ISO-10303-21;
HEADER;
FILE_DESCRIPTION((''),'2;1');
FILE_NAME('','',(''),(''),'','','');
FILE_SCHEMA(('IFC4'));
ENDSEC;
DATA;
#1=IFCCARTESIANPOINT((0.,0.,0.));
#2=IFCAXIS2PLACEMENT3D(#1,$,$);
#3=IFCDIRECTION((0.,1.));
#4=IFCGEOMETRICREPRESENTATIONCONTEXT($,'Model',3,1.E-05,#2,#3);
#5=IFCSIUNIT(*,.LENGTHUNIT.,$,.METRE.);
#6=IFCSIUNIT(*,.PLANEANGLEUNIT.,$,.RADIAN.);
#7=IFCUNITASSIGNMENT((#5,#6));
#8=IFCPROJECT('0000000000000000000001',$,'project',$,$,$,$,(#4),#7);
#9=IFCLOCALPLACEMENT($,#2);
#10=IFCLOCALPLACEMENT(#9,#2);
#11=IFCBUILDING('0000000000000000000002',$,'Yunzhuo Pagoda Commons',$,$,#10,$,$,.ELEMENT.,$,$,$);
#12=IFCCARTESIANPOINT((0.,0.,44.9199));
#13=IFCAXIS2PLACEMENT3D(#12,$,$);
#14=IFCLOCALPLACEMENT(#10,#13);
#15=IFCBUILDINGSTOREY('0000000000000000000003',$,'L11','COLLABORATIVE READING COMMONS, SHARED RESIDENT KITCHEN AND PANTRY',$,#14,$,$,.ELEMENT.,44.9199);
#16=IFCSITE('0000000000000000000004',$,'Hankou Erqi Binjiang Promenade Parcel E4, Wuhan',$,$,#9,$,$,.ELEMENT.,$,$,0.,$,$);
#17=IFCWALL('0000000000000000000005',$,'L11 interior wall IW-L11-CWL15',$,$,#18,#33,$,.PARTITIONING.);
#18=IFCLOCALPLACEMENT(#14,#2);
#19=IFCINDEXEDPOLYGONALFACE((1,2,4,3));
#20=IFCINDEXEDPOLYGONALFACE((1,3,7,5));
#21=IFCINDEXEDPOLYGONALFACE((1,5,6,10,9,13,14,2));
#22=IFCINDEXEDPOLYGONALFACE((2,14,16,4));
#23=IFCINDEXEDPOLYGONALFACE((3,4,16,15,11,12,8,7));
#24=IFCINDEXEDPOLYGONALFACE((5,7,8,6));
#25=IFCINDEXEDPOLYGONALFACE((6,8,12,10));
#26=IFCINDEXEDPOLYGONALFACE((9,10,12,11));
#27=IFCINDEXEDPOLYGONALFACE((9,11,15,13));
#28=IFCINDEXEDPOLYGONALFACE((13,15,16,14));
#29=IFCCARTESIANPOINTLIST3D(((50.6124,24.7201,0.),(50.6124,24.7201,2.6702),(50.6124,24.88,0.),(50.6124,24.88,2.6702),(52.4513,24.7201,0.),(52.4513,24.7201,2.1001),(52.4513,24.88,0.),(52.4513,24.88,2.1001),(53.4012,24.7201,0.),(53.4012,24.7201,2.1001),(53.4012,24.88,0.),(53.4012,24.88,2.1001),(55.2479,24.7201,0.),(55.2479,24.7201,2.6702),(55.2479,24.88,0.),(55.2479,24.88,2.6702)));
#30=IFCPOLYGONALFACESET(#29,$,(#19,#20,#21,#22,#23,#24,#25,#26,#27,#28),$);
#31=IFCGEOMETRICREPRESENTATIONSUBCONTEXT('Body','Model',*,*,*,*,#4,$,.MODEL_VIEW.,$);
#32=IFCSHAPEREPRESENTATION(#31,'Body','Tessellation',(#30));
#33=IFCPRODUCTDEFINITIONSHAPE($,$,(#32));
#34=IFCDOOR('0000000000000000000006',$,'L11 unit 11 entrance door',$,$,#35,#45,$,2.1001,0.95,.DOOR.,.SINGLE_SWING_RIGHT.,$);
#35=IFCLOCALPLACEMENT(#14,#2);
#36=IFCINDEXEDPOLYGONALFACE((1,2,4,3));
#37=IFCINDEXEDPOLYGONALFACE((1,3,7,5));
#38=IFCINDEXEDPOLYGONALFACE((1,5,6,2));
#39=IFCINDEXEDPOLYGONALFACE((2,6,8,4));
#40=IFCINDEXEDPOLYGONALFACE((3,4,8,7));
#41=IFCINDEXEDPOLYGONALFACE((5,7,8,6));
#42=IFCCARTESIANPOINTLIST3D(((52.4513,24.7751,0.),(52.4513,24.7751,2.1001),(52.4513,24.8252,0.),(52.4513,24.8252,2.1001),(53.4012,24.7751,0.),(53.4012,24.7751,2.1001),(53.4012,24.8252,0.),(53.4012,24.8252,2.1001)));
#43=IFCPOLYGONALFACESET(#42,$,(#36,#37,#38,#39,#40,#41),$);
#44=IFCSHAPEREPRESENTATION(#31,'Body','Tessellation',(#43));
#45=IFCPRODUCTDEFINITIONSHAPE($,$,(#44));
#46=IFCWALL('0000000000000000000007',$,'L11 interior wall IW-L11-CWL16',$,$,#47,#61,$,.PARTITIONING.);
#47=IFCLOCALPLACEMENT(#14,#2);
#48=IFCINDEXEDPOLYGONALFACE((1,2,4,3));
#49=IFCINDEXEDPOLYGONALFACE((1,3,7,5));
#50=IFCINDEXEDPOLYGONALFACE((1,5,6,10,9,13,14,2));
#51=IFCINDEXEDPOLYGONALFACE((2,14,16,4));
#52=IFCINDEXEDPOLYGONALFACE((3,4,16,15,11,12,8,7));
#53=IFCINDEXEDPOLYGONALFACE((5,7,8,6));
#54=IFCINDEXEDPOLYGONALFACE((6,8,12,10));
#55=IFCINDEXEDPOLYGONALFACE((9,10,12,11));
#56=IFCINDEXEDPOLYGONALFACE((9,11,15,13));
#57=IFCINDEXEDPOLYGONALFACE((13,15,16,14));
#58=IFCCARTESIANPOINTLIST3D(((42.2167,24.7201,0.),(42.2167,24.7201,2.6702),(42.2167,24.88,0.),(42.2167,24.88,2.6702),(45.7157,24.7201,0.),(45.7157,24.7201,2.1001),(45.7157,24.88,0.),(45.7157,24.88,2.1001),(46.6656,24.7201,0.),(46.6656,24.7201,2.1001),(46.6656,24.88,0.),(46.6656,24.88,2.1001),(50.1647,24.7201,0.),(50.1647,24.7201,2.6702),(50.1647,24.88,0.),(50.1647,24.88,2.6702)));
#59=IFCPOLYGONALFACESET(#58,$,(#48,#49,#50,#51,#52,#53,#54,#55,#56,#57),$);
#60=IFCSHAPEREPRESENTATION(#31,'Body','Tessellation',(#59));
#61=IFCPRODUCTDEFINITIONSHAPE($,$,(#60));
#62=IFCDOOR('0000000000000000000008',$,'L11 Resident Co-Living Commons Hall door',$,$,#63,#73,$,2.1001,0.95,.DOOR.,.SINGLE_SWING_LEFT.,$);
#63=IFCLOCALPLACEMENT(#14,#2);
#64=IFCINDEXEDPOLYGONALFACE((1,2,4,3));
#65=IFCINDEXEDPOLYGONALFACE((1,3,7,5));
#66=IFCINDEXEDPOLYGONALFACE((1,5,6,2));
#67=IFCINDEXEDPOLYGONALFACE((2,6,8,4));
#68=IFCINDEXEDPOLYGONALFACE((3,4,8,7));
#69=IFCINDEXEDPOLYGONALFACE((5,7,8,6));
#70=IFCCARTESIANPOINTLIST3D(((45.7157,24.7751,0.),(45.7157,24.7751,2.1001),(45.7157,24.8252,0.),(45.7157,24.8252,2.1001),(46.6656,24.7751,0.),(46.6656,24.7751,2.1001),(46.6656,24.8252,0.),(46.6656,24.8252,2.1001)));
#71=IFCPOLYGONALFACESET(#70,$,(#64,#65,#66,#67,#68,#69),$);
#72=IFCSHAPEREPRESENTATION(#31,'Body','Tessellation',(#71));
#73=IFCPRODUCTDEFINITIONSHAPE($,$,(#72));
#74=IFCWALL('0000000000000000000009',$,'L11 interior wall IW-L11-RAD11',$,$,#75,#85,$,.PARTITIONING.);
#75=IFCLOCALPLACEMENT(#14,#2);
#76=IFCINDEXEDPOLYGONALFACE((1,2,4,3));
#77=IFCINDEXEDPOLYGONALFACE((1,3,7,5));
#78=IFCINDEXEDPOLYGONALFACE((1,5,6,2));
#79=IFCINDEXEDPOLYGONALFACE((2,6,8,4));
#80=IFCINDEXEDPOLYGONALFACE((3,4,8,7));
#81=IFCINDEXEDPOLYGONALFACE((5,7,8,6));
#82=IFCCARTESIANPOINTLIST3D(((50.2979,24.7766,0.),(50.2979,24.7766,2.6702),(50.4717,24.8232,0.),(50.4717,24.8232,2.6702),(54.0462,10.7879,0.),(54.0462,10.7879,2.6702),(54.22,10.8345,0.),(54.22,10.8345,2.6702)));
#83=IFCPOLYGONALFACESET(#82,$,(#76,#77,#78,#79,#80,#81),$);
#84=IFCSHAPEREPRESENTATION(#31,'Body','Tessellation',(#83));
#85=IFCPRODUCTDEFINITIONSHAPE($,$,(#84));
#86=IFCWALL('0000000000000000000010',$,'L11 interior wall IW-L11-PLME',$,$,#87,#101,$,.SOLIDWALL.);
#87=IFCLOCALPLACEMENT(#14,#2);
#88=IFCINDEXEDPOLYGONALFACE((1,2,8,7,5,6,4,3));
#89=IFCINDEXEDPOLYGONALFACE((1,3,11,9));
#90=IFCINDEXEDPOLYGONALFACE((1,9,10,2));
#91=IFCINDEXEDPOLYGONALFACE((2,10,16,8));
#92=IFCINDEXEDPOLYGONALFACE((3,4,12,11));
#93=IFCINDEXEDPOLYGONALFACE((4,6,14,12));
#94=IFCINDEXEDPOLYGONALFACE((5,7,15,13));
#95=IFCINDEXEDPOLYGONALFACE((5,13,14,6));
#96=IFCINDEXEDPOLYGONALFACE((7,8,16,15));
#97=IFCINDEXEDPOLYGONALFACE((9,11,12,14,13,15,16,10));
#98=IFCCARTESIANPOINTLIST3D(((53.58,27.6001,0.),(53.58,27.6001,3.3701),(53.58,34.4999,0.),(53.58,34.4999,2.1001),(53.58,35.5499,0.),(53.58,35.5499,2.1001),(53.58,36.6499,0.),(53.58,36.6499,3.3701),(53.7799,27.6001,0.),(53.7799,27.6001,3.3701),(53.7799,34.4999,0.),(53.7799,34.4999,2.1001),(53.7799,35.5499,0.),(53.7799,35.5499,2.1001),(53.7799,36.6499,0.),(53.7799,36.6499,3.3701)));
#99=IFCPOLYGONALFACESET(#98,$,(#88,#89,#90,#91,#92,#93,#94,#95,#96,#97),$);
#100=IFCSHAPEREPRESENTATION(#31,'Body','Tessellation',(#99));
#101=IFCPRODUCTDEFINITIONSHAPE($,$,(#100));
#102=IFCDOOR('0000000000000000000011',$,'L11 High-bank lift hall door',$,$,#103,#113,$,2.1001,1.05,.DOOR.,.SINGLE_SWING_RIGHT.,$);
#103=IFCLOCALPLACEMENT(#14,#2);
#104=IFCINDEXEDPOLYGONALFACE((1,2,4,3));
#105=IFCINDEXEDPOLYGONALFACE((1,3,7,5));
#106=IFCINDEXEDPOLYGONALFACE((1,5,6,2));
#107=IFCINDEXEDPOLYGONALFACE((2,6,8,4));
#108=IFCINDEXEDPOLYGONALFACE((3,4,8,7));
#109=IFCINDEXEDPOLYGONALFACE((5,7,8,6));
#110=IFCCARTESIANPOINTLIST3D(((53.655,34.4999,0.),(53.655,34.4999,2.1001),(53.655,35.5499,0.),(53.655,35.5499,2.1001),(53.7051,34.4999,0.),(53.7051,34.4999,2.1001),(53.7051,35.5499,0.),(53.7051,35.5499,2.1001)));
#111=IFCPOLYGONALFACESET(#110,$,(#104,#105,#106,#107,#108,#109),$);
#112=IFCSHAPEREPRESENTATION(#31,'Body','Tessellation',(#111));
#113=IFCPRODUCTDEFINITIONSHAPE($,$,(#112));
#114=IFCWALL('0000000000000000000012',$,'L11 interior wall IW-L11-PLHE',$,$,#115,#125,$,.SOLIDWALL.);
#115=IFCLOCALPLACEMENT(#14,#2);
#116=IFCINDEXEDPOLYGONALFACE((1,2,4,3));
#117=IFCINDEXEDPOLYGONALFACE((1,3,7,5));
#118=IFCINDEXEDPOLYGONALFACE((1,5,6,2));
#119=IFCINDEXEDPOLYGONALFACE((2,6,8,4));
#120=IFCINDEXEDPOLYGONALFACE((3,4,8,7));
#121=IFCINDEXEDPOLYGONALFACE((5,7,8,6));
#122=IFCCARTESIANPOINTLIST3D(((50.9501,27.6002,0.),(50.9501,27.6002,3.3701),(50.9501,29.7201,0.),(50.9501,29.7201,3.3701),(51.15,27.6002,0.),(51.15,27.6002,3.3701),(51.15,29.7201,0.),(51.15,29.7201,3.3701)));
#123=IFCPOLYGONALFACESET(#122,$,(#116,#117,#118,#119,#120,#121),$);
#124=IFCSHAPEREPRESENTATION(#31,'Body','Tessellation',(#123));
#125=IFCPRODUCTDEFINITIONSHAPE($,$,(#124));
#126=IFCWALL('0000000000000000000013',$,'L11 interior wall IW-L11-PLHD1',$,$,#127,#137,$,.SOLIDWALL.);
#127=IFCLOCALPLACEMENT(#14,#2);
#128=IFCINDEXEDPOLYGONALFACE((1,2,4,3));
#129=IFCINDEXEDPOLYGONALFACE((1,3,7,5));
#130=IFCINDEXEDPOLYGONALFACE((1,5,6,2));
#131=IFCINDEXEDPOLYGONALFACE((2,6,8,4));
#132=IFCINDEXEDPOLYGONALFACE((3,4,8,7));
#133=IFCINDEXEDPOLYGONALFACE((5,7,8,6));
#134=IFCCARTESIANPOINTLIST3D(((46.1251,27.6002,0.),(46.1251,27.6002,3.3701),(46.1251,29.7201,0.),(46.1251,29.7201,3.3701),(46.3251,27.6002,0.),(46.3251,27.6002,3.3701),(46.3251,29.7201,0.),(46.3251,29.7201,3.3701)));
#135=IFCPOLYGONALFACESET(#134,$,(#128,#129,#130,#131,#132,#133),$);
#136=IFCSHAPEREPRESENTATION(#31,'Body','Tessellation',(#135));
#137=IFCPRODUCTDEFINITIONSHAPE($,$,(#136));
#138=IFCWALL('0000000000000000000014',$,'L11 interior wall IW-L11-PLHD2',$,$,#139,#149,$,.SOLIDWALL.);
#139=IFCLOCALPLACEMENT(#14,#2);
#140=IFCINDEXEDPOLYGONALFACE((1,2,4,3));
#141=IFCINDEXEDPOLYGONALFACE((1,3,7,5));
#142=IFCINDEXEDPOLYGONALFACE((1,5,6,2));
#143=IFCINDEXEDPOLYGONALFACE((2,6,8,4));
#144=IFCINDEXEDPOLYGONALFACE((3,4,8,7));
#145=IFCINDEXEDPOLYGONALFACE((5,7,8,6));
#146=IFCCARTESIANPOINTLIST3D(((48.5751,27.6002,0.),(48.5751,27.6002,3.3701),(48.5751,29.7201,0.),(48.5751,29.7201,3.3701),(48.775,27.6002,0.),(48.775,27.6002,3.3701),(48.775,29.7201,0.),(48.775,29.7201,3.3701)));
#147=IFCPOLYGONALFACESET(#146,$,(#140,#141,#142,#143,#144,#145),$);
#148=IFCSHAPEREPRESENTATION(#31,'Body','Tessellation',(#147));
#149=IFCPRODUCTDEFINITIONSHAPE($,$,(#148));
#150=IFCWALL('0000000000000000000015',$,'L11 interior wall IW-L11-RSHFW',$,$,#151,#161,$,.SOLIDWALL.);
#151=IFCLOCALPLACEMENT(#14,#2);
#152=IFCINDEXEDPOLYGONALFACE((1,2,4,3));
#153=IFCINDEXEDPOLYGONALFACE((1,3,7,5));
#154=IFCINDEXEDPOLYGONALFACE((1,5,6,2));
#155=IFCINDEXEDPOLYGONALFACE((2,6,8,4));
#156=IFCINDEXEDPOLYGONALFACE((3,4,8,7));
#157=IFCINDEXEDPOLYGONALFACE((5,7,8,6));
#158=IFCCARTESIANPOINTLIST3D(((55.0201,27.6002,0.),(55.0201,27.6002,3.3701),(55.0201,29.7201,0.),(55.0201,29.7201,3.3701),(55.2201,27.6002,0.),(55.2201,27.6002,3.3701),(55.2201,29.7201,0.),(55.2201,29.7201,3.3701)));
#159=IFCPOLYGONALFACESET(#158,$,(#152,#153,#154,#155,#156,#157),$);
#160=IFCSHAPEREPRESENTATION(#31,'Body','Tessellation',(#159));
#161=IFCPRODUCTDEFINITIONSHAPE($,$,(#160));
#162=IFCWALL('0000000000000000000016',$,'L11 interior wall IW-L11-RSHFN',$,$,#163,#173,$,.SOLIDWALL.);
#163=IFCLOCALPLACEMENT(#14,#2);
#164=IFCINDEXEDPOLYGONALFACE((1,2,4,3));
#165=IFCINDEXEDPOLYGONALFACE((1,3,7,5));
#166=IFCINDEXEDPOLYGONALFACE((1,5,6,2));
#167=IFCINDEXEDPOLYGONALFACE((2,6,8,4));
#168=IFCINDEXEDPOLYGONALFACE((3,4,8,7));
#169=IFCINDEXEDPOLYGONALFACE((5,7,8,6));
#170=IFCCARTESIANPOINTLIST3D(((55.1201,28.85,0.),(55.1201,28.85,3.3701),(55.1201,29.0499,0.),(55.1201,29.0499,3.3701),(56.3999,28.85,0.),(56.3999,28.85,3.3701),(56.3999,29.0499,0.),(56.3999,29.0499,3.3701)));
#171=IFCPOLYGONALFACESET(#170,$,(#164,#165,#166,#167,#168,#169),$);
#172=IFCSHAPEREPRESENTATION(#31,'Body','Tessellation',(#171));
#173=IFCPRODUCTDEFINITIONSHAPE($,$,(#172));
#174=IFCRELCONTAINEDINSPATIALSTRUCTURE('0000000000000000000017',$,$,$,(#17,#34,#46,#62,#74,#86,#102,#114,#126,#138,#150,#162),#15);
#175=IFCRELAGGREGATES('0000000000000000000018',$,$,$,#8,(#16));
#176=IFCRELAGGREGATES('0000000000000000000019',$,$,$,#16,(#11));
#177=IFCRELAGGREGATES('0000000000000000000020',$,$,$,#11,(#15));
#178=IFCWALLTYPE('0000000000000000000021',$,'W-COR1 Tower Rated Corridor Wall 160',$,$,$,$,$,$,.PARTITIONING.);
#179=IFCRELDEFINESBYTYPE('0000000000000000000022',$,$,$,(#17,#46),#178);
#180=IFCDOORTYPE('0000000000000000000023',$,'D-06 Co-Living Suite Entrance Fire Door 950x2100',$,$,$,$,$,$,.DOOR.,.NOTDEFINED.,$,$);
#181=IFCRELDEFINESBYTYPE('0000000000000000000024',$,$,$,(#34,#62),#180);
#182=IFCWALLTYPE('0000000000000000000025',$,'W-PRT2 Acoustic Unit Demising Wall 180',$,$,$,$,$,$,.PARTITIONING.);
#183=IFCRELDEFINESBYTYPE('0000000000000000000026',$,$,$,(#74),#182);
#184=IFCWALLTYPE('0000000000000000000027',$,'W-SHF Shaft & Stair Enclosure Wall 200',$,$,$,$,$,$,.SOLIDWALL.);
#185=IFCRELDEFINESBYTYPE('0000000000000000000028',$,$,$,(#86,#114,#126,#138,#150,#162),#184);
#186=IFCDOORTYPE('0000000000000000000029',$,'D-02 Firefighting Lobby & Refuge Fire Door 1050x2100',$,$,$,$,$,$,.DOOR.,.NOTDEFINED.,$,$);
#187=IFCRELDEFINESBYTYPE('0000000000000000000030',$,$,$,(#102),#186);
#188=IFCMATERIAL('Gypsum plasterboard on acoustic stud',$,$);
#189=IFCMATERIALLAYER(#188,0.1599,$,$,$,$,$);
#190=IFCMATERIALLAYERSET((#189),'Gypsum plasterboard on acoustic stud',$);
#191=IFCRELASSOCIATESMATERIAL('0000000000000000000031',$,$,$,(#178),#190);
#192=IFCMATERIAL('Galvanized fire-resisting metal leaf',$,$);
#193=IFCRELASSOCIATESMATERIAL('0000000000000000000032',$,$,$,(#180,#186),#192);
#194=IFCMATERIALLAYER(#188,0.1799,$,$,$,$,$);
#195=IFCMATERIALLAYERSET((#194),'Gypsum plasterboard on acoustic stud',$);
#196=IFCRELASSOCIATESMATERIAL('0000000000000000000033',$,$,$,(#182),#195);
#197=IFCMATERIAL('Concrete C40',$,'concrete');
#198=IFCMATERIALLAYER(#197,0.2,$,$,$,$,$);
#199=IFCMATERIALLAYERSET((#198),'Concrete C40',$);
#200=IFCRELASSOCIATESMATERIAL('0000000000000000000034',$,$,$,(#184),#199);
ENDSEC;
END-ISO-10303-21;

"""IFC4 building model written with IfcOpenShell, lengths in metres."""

from ifc_helpers import new_model, si_unit, direction, frame, frame_2d, origin, origin_with_axes, place, context, subcontext, project, spatial, rectangle, extrude, source, transform, mapped, material, layer, layer_set, type_object, element, fill, save


model = new_model("IFC4")

# Units and contexts
model_context = context("Model", 3, precision=1e-05, world=origin(), true_north=direction((0.0, 1.0)))
body_context = subcontext(model_context, "Body", "Model", "MODEL_VIEW")
ifc_project = project(units=[si_unit("LENGTHUNIT", "METRE"), si_unit("PLANEANGLEUNIT", "RADIAN")], contexts=[model_context])

# Site, building, storey
site_placement = place(None, origin())
site = spatial("IfcSite", under=ifc_project, at=site_placement, Name="Hankou Erqi Binjiang Promenade Parcel E4, Wuhan", CompositionType="ELEMENT", RefElevation=0.0)
building_placement = place(site_placement, origin())
building = spatial("IfcBuilding", under=site, at=building_placement, Name="Yunzhuo Pagoda Commons", CompositionType="ELEMENT")
storey_placement = place(building_placement, frame((0.0, 0.0, 44.9199)))
storey = spatial("IfcBuildingStorey", under=building, at=storey_placement, Name="L11", Description="COLLABORATIVE READING COMMONS, SHARED RESIDENT KITCHEN AND PANTRY", CompositionType="ELEMENT", Elevation=44.9199)

# Walls, openings, doors
ifc_material_1 = material(Name="Gypsum plasterboard on acoustic stud")
ifc_layer_1 = layer(ifc_material_1, 0.1599)
ifc_layer_set_1 = layer_set([ifc_layer_1], Name="Gypsum plasterboard on acoustic stud")
wall_type_1 = type_object("IfcWallType", Name="W-COR1 Tower Rated Corridor Wall 160", PredefinedType="PARTITIONING", material=ifc_layer_set_1)
ifc_material_2 = material(Name="Galvanized fire-resisting metal leaf")
wall_1_placement = place(storey_placement, frame((55.248, 24.8, 0.0), z_axis=(0.0, 0.0, 1.0), x_axis=(-1.0, 0.0, 0.0)))
wall_1 = element("IfcWall", 1, at=wall_1_placement, inside=storey, type_object=wall_type_1, Name="L11 interior wall IW-L11-CWL15", PredefinedType="PARTITIONING", context=body_context, shape_type="SweptSolid", body=[
    extrude(rectangle(XDim=4.6355, YDim=0.1599, at=frame_2d((2.3179, 0.0))), origin(), (0.0, 0.0, 1.0), 2.6702),
])
opening_1_placement = place(wall_1_placement, frame((1.8467, 0.0, 0.0)))
opening_1 = element("IfcOpeningElement", 2, at=opening_1_placement, cuts=wall_1, PredefinedType="OPENING", context=body_context, shape_type="SweptSolid", body=[
    extrude(rectangle(XDim=0.95, YDim=2.1001, at=frame_2d((0.4751, 1.05))), frame((0.0, 0.0898, 0.0), z_axis=(0.0, -1.0, 0.0), x_axis=(1.0, 0.0, 0.0)), (0.0, 0.0, 1.0), 0.1799),
])
door_type_1 = type_object("IfcDoorType", Name="D-06 Co-Living Suite Entrance Fire Door 950x2100", OperationType="NOTDEFINED", PredefinedType="DOOR", material=ifc_material_2)
shared_shape_1 = source(origin(), body_context, "Body", "SweptSolid", [
    extrude(rectangle(XDim=0.95, YDim=2.1001, at=frame_2d((0.4751, 1.05))), frame((0.0, 0.0249, 0.0), z_axis=(0.0, -1.0, 0.0), x_axis=(1.0, 0.0, 0.0)), (0.0, 0.0, 1.0), 0.05),
])
door_1_placement = place(opening_1_placement, origin_with_axes())
door_1 = element("IfcDoor", 3, at=door_1_placement, inside=storey, type_object=door_type_1, Name="L11 unit 11 entrance door", OperationType="SINGLE_SWING_RIGHT", OverallHeight=2.1001, OverallWidth=0.95, PredefinedType="DOOR", context=body_context, shape_type="MappedRepresentation", body=[
    mapped(shared_shape_1, transform((0.0, 0.0, 0.0), scale=1.0)),
])
fill(opening_1, door_1)
wall_2_placement = place(storey_placement, frame((50.1648, 24.8, 0.0), z_axis=(0.0, 0.0, 1.0), x_axis=(-1.0, 0.0, 0.0)))
wall_2 = element("IfcWall", 4, at=wall_2_placement, inside=storey, type_object=wall_type_1, Name="L11 interior wall IW-L11-CWL16", PredefinedType="PARTITIONING", context=body_context, shape_type="SweptSolid", body=[
    extrude(rectangle(XDim=7.948, YDim=0.1599, at=frame_2d((3.9741, 0.0))), origin(), (0.0, 0.0, 1.0), 2.6702),
])
opening_2_placement = place(wall_2_placement, frame((3.499, 0.0, 0.0)))
opening_2 = element("IfcOpeningElement", 5, at=opening_2_placement, cuts=wall_2, PredefinedType="OPENING", context=body_context, shape_type="SweptSolid", body=[
    extrude(rectangle(XDim=0.95, YDim=2.1001, at=frame_2d((0.4751, 1.05))), frame((0.0, 0.0898, 0.0), z_axis=(0.0, -1.0, 0.0), x_axis=(1.0, 0.0, 0.0)), (0.0, 0.0, 1.0), 0.1799),
])
door_2_placement = place(opening_2_placement, origin_with_axes())
door_2 = element("IfcDoor", 6, at=door_2_placement, inside=storey, type_object=door_type_1, Name="L11 Resident Co-Living Commons Hall door", OperationType="SINGLE_SWING_LEFT", OverallHeight=2.1001, OverallWidth=0.95, PredefinedType="DOOR", context=body_context, shape_type="MappedRepresentation", body=[
    mapped(shared_shape_1, transform((0.0, 0.0, 0.0), scale=1.0)),
])
fill(opening_2, door_2)

# Wall
ifc_layer_2 = layer(ifc_material_1, 0.1799)
ifc_layer_set_2 = layer_set([ifc_layer_2], Name="Gypsum plasterboard on acoustic stud")
wall_type_2 = type_object("IfcWallType", Name="W-PRT2 Acoustic Unit Demising Wall 180", PredefinedType="PARTITIONING", material=ifc_layer_set_2)
wall_3_placement = place(storey_placement, frame((50.3848, 24.8, 0.0), z_axis=(0.0, 0.0, 1.0), x_axis=(0.25882, -0.965926, 0.0)))
element("IfcWall", 7, at=wall_3_placement, inside=storey, type_object=wall_type_2, Name="L11 interior wall IW-L11-RAD11", PredefinedType="PARTITIONING", context=body_context, shape_type="SweptSolid", body=[
    extrude(rectangle(XDim=14.4822, YDim=0.1799, at=frame_2d((7.2412, 0.0))), origin(), (0.0, 0.0, 1.0), 2.6702),
])

# Wall, opening, door
ifc_material_3 = material(Name="Concrete C40", Category="concrete")
ifc_layer_3 = layer(ifc_material_3, 0.2)
ifc_layer_set_3 = layer_set([ifc_layer_3], Name="Concrete C40")
wall_type_3 = type_object("IfcWallType", Name="W-SHF Shaft & Stair Enclosure Wall 200", PredefinedType="SOLIDWALL", material=ifc_layer_set_3)
wall_4_placement = place(storey_placement, frame((53.6799, 27.6001, 0.0), z_axis=(0.0, 0.0, 1.0), x_axis=(0.0, 1.0, 0.0)))
wall_4 = element("IfcWall", 8, at=wall_4_placement, inside=storey, type_object=wall_type_3, Name="L11 interior wall IW-L11-PLME", PredefinedType="SOLIDWALL", context=body_context, shape_type="SweptSolid", body=[
    extrude(rectangle(XDim=9.0498, YDim=0.2, at=frame_2d((4.5249, 0.0))), origin(), (0.0, 0.0, 1.0), 3.3701),
])
opening_3_placement = place(wall_4_placement, frame((6.8999, 0.0, 0.0)))
opening_3 = element("IfcOpeningElement", 9, at=opening_3_placement, cuts=wall_4, PredefinedType="OPENING", context=body_context, shape_type="SweptSolid", body=[
    extrude(rectangle(XDim=1.05, YDim=2.1001, at=frame_2d((0.5249, 1.05))), frame((0.0, 0.1099, 0.0), z_axis=(0.0, -1.0, 0.0), x_axis=(1.0, 0.0, 0.0)), (0.0, 0.0, 1.0), 0.22),
])
door_type_2 = type_object("IfcDoorType", Name="D-02 Firefighting Lobby & Refuge Fire Door 1050x2100", OperationType="NOTDEFINED", PredefinedType="DOOR", material=ifc_material_2)
shared_shape_2 = source(origin(), body_context, "Body", "SweptSolid", [
    extrude(rectangle(XDim=1.05, YDim=2.1001, at=frame_2d((0.5249, 1.05))), frame((0.0, 0.0249, 0.0), z_axis=(0.0, -1.0, 0.0), x_axis=(1.0, 0.0, 0.0)), (0.0, 0.0, 1.0), 0.05),
])
door_3_placement = place(opening_3_placement, origin_with_axes())
door_3 = element("IfcDoor", 10, at=door_3_placement, inside=storey, type_object=door_type_2, Name="L11 High-bank lift hall door", OperationType="SINGLE_SWING_RIGHT", OverallHeight=2.1001, OverallWidth=1.05, PredefinedType="DOOR", context=body_context, shape_type="MappedRepresentation", body=[
    mapped(shared_shape_2, transform((0.0, 0.0, 0.0), scale=1.0)),
])
fill(opening_3, door_3)

# Walls
for number, where, z_axis, x_axis, name in (
    (11, (51.05, 27.6001, 0.0), (0.0, 0.0, 1.0), (0.0, 1.0, 0.0), "L11 interior wall IW-L11-PLHE"),
    (12, (46.2251, 27.6001, 0.0), (0.0, 0.0, 1.0), (0.0, 1.0, 0.0), "L11 interior wall IW-L11-PLHD1"),
    (13, (48.675, 27.6001, 0.0), (0.0, 0.0, 1.0), (0.0, 1.0, 0.0), "L11 interior wall IW-L11-PLHD2"),
    (14, (55.1201, 27.6001, 0.0), (0.0, 0.0, 1.0), (0.0, 1.0, 0.0), "L11 interior wall IW-L11-RSHFW"),
):
    element("IfcWall", number, at=place(storey_placement, frame(where, z_axis=z_axis, x_axis=x_axis)), inside=storey, type_object=wall_type_3, Name=name, PredefinedType="SOLIDWALL", context=body_context, shape_type="SweptSolid", body=[
        extrude(rectangle(XDim=2.1199, YDim=0.2, at=frame_2d((1.0601, 0.0))), origin(), (0.0, 0.0, 1.0), 3.3701),
    ])
wall_5_placement = place(storey_placement, frame((55.1201, 28.95, 0.0), z_axis=(0.0, 0.0, 1.0), x_axis=(1.0, 0.0, 0.0)))
element("IfcWall", 15, at=wall_5_placement, inside=storey, type_object=wall_type_3, Name="L11 interior wall IW-L11-RSHFN", PredefinedType="SOLIDWALL", context=body_context, shape_type="SweptSolid", body=[
    extrude(rectangle(XDim=1.2798, YDim=0.2, at=frame_2d((0.6399, 0.0))), origin(), (0.0, 0.0, 1.0), 3.3701),
])

save(model, "model.ifc")
